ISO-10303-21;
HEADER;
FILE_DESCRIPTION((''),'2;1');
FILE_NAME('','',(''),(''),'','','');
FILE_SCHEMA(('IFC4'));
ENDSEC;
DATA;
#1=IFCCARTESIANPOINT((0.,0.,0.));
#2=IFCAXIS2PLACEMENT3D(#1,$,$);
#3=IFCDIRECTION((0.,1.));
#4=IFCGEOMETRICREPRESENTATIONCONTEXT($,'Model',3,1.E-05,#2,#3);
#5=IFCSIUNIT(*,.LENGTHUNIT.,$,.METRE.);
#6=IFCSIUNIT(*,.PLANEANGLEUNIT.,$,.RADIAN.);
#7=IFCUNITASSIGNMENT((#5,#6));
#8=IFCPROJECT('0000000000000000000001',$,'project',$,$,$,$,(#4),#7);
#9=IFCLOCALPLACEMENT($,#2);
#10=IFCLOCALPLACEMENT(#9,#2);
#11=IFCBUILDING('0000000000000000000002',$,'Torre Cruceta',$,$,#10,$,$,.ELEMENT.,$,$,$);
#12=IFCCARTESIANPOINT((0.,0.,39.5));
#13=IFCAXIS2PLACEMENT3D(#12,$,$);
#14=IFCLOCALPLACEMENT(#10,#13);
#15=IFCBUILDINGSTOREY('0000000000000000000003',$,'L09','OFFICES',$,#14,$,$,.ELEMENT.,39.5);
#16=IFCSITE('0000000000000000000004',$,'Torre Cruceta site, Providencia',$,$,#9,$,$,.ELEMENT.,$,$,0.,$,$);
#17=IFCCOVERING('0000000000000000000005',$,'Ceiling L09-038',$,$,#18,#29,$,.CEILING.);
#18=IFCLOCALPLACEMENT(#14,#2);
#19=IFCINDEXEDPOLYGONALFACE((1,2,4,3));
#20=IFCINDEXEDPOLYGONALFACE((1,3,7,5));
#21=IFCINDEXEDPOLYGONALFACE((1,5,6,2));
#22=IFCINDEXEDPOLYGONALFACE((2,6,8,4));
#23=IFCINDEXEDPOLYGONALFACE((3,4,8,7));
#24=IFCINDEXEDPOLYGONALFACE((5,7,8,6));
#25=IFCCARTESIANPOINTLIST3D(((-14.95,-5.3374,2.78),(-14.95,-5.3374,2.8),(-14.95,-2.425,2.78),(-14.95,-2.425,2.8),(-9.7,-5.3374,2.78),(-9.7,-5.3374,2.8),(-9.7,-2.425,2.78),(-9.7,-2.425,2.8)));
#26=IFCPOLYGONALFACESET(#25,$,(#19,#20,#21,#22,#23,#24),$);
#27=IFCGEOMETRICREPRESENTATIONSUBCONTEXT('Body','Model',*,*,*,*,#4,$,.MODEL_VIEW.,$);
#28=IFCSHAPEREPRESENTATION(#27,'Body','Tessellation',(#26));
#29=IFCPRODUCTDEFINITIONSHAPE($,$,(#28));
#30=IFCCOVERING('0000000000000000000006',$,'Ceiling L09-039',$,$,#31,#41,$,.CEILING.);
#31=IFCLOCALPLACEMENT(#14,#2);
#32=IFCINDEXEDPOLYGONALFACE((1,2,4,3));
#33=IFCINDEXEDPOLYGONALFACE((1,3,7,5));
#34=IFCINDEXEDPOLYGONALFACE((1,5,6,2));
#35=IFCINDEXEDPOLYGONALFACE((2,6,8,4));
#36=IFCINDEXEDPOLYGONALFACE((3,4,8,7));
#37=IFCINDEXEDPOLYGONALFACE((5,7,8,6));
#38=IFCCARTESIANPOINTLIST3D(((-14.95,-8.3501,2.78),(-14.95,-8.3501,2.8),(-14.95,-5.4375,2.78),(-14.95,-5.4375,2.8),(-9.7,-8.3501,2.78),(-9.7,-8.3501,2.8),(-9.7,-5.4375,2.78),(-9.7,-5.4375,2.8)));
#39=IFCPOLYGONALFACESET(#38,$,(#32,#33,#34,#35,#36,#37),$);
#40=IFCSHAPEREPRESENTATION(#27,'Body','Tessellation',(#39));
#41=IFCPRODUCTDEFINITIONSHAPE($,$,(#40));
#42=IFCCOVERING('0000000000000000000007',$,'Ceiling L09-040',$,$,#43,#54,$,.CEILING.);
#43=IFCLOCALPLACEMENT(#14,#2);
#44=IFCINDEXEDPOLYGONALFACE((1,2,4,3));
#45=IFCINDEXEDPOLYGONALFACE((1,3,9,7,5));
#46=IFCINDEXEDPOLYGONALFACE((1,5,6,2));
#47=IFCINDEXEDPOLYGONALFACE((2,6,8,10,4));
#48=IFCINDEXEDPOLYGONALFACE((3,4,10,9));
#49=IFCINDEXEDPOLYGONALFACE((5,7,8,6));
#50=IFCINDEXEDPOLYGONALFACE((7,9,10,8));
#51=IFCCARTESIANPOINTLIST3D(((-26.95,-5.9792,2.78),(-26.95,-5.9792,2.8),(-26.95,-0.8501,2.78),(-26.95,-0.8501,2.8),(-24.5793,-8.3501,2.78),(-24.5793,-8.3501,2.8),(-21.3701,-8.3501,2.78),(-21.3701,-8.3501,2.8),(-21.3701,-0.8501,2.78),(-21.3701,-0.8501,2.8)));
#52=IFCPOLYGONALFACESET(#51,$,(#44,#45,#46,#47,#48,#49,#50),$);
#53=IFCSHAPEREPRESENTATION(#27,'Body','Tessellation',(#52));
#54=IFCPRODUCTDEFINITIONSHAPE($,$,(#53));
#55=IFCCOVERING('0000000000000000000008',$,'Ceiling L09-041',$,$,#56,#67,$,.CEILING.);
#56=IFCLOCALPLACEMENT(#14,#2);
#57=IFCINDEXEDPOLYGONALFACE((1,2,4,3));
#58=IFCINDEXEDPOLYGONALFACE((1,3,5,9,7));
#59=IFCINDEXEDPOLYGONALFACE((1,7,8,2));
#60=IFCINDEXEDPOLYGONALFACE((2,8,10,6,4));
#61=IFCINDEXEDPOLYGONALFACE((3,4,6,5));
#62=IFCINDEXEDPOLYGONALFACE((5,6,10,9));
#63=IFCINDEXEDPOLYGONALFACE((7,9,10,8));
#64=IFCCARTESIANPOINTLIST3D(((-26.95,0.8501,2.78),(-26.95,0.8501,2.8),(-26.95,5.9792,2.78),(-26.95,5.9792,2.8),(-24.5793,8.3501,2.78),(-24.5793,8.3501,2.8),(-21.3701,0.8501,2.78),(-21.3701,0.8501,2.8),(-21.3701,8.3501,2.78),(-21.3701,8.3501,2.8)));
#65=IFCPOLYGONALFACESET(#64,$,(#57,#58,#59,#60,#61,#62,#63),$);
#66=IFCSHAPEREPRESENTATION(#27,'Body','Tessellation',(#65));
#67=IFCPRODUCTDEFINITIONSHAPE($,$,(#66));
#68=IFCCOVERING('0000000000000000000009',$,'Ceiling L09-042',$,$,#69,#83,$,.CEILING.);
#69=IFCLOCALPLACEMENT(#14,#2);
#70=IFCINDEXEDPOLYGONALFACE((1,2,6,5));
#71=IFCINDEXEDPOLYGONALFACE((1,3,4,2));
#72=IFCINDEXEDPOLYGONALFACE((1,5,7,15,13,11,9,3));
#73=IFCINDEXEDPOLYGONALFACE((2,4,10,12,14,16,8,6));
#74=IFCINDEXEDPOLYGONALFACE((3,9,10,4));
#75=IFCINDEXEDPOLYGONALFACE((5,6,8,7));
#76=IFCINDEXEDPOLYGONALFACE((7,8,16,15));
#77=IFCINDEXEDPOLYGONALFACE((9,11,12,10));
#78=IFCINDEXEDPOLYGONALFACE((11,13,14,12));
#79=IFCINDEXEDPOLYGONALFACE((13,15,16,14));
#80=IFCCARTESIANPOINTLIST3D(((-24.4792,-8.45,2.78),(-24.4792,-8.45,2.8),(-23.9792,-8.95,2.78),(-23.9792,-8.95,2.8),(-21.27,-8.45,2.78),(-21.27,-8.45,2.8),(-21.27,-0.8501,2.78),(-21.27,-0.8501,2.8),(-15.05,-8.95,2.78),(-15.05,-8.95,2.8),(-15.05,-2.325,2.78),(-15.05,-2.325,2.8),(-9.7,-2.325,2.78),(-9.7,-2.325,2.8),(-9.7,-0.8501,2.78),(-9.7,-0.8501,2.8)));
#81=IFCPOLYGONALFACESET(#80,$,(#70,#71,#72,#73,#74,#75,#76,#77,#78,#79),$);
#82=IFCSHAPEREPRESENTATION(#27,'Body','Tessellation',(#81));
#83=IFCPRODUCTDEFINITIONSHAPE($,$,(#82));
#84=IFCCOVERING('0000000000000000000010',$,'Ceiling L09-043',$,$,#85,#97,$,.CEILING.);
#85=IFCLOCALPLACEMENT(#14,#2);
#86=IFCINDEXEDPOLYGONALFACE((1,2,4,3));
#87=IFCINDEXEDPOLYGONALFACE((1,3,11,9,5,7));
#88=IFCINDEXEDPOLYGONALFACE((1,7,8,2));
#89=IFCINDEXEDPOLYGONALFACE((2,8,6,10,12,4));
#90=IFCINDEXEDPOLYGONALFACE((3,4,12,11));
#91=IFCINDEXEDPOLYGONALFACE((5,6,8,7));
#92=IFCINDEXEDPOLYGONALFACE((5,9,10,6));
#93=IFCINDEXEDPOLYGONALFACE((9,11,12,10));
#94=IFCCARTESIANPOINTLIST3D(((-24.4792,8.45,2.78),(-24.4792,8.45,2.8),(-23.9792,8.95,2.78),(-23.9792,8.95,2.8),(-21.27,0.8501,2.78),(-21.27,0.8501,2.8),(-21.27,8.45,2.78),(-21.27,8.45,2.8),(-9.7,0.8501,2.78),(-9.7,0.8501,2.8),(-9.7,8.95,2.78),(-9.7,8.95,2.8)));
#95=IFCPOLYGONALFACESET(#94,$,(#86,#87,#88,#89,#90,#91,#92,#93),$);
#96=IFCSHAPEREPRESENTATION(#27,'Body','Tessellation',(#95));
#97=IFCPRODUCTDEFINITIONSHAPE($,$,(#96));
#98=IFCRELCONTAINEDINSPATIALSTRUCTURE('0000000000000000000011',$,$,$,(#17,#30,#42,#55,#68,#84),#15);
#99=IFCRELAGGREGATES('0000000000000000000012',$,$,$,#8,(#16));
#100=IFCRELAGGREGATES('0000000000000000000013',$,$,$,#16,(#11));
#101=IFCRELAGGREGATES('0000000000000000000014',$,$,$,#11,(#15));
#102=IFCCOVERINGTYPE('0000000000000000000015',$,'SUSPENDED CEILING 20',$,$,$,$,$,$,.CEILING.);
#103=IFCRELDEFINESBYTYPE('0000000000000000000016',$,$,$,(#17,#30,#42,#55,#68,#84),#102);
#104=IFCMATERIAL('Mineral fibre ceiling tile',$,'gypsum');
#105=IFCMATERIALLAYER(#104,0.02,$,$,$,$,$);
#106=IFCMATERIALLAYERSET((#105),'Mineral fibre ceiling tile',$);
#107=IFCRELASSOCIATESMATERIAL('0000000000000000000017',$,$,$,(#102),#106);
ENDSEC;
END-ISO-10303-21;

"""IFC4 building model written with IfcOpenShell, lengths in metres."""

from ifc_helpers import new_model, si_unit, direction, frame, origin, place, context, subcontext, project, spatial, polyline, outline, extrude, material, layer, layer_set, type_object, element, save


model = new_model("IFC4")

# Units and contexts
model_context = context("Model", 3, precision=1e-05, world=origin(), true_north=direction((0.0, 1.0)))
body_context = subcontext(model_context, "Body", "Model", "MODEL_VIEW")
ifc_project = project(units=[si_unit("LENGTHUNIT", "METRE"), si_unit("PLANEANGLEUNIT", "RADIAN")], contexts=[model_context])

# Site, building, storey
site_placement = place(None, origin())
site = spatial("IfcSite", under=ifc_project, at=site_placement, Name="Torre Cruceta site, Providencia", CompositionType="ELEMENT", RefElevation=0.0)
building_placement = place(site_placement, origin())
building = spatial("IfcBuilding", under=site, at=building_placement, Name="Torre Cruceta", CompositionType="ELEMENT")
storey_placement = place(building_placement, frame((0.0, 0.0, 39.5)))
storey = spatial("IfcBuildingStorey", under=building, at=storey_placement, Name="L09", Description="OFFICES", CompositionType="ELEMENT", Elevation=39.5)

# Coverings
ifc_material_1 = material(Name="Mineral fibre ceiling tile", Category="gypsum")
ifc_layer_1 = layer(ifc_material_1, 0.02)
ifc_layer_set_1 = layer_set([ifc_layer_1], Name="Mineral fibre ceiling tile")
covering_type_1 = type_object("IfcCoveringType", Name="SUSPENDED CEILING 20", PredefinedType="CEILING", material=ifc_layer_set_1)
covering_1_placement = place(storey_placement, frame((0.0, 0.0, 2.78)))
element("IfcCovering", 1, at=covering_1_placement, inside=storey, type_object=covering_type_1, Name="Ceiling L09-038", PredefinedType="CEILING", context=body_context, shape_type="SweptSolid", body=[
    extrude(outline(polyline([(-9.7, -2.425), (-9.7, -5.3374), (-14.95, -5.3374), (-14.95, -2.425), (-9.7, -2.425)])), origin(), (0.0, 0.0, 1.0), 0.02),
])
covering_2_placement = place(storey_placement, frame((0.0, 0.0, 2.78)))
element("IfcCovering", 2, at=covering_2_placement, inside=storey, type_object=covering_type_1, Name="Ceiling L09-039", PredefinedType="CEILING", context=body_context, shape_type="SweptSolid", body=[
    extrude(outline(polyline([(-9.7, -5.4375), (-9.7, -8.3501), (-14.95, -8.3501), (-14.95, -5.4375), (-9.7, -5.4375)])), origin(), (0.0, 0.0, 1.0), 0.02),
])
covering_3_placement = place(storey_placement, frame((0.0, 0.0, 2.78)))
element("IfcCovering", 3, at=covering_3_placement, inside=storey, type_object=covering_type_1, Name="Ceiling L09-040", PredefinedType="CEILING", context=body_context, shape_type="SweptSolid", body=[
    extrude(outline(polyline([(-26.95, -0.8501), (-21.3701, -0.8501), (-21.3701, -8.3501), (-24.5793, -8.3501), (-26.95, -5.9792), (-26.95, -0.8501)])), origin(), (0.0, 0.0, 1.0), 0.02),
])
covering_4_placement = place(storey_placement, frame((0.0, 0.0, 2.78)))
element("IfcCovering", 4, at=covering_4_placement, inside=storey, type_object=covering_type_1, Name="Ceiling L09-041", PredefinedType="CEILING", context=body_context, shape_type="SweptSolid", body=[
    extrude(outline(polyline([(-24.5793, 8.3501), (-21.3701, 8.3501), (-21.3701, 0.8501), (-26.95, 0.8501), (-26.95, 5.9792), (-24.5793, 8.3501)])), origin(), (0.0, 0.0, 1.0), 0.02),
])
covering_5_placement = place(storey_placement, frame((0.0, 0.0, 2.78)))
element("IfcCovering", 5, at=covering_5_placement, inside=storey, type_object=covering_type_1, Name="Ceiling L09-042", PredefinedType="CEILING", context=body_context, shape_type="SweptSolid", body=[
    extrude(outline(polyline([(-21.27, -0.8501), (-9.7, -0.8501), (-9.7, -2.325), (-15.05, -2.325), (-15.05, -8.95), (-23.9792, -8.95), (-24.4792, -8.45), (-21.27, -8.45), (-21.27, -0.8501)])), origin(), (0.0, 0.0, 1.0), 0.02),
])
covering_6_placement = place(storey_placement, frame((0.0, 0.0, 2.78)))
element("IfcCovering", 6, at=covering_6_placement, inside=storey, type_object=covering_type_1, Name="Ceiling L09-043", PredefinedType="CEILING", context=body_context, shape_type="SweptSolid", body=[
    extrude(outline(polyline([(-21.27, 8.45), (-24.4792, 8.45), (-23.9792, 8.95), (-9.7, 8.95), (-9.7, 0.8501), (-21.27, 0.8501), (-21.27, 8.45)])), origin(), (0.0, 0.0, 1.0), 0.02),
])

save(model, "model.ifc")
